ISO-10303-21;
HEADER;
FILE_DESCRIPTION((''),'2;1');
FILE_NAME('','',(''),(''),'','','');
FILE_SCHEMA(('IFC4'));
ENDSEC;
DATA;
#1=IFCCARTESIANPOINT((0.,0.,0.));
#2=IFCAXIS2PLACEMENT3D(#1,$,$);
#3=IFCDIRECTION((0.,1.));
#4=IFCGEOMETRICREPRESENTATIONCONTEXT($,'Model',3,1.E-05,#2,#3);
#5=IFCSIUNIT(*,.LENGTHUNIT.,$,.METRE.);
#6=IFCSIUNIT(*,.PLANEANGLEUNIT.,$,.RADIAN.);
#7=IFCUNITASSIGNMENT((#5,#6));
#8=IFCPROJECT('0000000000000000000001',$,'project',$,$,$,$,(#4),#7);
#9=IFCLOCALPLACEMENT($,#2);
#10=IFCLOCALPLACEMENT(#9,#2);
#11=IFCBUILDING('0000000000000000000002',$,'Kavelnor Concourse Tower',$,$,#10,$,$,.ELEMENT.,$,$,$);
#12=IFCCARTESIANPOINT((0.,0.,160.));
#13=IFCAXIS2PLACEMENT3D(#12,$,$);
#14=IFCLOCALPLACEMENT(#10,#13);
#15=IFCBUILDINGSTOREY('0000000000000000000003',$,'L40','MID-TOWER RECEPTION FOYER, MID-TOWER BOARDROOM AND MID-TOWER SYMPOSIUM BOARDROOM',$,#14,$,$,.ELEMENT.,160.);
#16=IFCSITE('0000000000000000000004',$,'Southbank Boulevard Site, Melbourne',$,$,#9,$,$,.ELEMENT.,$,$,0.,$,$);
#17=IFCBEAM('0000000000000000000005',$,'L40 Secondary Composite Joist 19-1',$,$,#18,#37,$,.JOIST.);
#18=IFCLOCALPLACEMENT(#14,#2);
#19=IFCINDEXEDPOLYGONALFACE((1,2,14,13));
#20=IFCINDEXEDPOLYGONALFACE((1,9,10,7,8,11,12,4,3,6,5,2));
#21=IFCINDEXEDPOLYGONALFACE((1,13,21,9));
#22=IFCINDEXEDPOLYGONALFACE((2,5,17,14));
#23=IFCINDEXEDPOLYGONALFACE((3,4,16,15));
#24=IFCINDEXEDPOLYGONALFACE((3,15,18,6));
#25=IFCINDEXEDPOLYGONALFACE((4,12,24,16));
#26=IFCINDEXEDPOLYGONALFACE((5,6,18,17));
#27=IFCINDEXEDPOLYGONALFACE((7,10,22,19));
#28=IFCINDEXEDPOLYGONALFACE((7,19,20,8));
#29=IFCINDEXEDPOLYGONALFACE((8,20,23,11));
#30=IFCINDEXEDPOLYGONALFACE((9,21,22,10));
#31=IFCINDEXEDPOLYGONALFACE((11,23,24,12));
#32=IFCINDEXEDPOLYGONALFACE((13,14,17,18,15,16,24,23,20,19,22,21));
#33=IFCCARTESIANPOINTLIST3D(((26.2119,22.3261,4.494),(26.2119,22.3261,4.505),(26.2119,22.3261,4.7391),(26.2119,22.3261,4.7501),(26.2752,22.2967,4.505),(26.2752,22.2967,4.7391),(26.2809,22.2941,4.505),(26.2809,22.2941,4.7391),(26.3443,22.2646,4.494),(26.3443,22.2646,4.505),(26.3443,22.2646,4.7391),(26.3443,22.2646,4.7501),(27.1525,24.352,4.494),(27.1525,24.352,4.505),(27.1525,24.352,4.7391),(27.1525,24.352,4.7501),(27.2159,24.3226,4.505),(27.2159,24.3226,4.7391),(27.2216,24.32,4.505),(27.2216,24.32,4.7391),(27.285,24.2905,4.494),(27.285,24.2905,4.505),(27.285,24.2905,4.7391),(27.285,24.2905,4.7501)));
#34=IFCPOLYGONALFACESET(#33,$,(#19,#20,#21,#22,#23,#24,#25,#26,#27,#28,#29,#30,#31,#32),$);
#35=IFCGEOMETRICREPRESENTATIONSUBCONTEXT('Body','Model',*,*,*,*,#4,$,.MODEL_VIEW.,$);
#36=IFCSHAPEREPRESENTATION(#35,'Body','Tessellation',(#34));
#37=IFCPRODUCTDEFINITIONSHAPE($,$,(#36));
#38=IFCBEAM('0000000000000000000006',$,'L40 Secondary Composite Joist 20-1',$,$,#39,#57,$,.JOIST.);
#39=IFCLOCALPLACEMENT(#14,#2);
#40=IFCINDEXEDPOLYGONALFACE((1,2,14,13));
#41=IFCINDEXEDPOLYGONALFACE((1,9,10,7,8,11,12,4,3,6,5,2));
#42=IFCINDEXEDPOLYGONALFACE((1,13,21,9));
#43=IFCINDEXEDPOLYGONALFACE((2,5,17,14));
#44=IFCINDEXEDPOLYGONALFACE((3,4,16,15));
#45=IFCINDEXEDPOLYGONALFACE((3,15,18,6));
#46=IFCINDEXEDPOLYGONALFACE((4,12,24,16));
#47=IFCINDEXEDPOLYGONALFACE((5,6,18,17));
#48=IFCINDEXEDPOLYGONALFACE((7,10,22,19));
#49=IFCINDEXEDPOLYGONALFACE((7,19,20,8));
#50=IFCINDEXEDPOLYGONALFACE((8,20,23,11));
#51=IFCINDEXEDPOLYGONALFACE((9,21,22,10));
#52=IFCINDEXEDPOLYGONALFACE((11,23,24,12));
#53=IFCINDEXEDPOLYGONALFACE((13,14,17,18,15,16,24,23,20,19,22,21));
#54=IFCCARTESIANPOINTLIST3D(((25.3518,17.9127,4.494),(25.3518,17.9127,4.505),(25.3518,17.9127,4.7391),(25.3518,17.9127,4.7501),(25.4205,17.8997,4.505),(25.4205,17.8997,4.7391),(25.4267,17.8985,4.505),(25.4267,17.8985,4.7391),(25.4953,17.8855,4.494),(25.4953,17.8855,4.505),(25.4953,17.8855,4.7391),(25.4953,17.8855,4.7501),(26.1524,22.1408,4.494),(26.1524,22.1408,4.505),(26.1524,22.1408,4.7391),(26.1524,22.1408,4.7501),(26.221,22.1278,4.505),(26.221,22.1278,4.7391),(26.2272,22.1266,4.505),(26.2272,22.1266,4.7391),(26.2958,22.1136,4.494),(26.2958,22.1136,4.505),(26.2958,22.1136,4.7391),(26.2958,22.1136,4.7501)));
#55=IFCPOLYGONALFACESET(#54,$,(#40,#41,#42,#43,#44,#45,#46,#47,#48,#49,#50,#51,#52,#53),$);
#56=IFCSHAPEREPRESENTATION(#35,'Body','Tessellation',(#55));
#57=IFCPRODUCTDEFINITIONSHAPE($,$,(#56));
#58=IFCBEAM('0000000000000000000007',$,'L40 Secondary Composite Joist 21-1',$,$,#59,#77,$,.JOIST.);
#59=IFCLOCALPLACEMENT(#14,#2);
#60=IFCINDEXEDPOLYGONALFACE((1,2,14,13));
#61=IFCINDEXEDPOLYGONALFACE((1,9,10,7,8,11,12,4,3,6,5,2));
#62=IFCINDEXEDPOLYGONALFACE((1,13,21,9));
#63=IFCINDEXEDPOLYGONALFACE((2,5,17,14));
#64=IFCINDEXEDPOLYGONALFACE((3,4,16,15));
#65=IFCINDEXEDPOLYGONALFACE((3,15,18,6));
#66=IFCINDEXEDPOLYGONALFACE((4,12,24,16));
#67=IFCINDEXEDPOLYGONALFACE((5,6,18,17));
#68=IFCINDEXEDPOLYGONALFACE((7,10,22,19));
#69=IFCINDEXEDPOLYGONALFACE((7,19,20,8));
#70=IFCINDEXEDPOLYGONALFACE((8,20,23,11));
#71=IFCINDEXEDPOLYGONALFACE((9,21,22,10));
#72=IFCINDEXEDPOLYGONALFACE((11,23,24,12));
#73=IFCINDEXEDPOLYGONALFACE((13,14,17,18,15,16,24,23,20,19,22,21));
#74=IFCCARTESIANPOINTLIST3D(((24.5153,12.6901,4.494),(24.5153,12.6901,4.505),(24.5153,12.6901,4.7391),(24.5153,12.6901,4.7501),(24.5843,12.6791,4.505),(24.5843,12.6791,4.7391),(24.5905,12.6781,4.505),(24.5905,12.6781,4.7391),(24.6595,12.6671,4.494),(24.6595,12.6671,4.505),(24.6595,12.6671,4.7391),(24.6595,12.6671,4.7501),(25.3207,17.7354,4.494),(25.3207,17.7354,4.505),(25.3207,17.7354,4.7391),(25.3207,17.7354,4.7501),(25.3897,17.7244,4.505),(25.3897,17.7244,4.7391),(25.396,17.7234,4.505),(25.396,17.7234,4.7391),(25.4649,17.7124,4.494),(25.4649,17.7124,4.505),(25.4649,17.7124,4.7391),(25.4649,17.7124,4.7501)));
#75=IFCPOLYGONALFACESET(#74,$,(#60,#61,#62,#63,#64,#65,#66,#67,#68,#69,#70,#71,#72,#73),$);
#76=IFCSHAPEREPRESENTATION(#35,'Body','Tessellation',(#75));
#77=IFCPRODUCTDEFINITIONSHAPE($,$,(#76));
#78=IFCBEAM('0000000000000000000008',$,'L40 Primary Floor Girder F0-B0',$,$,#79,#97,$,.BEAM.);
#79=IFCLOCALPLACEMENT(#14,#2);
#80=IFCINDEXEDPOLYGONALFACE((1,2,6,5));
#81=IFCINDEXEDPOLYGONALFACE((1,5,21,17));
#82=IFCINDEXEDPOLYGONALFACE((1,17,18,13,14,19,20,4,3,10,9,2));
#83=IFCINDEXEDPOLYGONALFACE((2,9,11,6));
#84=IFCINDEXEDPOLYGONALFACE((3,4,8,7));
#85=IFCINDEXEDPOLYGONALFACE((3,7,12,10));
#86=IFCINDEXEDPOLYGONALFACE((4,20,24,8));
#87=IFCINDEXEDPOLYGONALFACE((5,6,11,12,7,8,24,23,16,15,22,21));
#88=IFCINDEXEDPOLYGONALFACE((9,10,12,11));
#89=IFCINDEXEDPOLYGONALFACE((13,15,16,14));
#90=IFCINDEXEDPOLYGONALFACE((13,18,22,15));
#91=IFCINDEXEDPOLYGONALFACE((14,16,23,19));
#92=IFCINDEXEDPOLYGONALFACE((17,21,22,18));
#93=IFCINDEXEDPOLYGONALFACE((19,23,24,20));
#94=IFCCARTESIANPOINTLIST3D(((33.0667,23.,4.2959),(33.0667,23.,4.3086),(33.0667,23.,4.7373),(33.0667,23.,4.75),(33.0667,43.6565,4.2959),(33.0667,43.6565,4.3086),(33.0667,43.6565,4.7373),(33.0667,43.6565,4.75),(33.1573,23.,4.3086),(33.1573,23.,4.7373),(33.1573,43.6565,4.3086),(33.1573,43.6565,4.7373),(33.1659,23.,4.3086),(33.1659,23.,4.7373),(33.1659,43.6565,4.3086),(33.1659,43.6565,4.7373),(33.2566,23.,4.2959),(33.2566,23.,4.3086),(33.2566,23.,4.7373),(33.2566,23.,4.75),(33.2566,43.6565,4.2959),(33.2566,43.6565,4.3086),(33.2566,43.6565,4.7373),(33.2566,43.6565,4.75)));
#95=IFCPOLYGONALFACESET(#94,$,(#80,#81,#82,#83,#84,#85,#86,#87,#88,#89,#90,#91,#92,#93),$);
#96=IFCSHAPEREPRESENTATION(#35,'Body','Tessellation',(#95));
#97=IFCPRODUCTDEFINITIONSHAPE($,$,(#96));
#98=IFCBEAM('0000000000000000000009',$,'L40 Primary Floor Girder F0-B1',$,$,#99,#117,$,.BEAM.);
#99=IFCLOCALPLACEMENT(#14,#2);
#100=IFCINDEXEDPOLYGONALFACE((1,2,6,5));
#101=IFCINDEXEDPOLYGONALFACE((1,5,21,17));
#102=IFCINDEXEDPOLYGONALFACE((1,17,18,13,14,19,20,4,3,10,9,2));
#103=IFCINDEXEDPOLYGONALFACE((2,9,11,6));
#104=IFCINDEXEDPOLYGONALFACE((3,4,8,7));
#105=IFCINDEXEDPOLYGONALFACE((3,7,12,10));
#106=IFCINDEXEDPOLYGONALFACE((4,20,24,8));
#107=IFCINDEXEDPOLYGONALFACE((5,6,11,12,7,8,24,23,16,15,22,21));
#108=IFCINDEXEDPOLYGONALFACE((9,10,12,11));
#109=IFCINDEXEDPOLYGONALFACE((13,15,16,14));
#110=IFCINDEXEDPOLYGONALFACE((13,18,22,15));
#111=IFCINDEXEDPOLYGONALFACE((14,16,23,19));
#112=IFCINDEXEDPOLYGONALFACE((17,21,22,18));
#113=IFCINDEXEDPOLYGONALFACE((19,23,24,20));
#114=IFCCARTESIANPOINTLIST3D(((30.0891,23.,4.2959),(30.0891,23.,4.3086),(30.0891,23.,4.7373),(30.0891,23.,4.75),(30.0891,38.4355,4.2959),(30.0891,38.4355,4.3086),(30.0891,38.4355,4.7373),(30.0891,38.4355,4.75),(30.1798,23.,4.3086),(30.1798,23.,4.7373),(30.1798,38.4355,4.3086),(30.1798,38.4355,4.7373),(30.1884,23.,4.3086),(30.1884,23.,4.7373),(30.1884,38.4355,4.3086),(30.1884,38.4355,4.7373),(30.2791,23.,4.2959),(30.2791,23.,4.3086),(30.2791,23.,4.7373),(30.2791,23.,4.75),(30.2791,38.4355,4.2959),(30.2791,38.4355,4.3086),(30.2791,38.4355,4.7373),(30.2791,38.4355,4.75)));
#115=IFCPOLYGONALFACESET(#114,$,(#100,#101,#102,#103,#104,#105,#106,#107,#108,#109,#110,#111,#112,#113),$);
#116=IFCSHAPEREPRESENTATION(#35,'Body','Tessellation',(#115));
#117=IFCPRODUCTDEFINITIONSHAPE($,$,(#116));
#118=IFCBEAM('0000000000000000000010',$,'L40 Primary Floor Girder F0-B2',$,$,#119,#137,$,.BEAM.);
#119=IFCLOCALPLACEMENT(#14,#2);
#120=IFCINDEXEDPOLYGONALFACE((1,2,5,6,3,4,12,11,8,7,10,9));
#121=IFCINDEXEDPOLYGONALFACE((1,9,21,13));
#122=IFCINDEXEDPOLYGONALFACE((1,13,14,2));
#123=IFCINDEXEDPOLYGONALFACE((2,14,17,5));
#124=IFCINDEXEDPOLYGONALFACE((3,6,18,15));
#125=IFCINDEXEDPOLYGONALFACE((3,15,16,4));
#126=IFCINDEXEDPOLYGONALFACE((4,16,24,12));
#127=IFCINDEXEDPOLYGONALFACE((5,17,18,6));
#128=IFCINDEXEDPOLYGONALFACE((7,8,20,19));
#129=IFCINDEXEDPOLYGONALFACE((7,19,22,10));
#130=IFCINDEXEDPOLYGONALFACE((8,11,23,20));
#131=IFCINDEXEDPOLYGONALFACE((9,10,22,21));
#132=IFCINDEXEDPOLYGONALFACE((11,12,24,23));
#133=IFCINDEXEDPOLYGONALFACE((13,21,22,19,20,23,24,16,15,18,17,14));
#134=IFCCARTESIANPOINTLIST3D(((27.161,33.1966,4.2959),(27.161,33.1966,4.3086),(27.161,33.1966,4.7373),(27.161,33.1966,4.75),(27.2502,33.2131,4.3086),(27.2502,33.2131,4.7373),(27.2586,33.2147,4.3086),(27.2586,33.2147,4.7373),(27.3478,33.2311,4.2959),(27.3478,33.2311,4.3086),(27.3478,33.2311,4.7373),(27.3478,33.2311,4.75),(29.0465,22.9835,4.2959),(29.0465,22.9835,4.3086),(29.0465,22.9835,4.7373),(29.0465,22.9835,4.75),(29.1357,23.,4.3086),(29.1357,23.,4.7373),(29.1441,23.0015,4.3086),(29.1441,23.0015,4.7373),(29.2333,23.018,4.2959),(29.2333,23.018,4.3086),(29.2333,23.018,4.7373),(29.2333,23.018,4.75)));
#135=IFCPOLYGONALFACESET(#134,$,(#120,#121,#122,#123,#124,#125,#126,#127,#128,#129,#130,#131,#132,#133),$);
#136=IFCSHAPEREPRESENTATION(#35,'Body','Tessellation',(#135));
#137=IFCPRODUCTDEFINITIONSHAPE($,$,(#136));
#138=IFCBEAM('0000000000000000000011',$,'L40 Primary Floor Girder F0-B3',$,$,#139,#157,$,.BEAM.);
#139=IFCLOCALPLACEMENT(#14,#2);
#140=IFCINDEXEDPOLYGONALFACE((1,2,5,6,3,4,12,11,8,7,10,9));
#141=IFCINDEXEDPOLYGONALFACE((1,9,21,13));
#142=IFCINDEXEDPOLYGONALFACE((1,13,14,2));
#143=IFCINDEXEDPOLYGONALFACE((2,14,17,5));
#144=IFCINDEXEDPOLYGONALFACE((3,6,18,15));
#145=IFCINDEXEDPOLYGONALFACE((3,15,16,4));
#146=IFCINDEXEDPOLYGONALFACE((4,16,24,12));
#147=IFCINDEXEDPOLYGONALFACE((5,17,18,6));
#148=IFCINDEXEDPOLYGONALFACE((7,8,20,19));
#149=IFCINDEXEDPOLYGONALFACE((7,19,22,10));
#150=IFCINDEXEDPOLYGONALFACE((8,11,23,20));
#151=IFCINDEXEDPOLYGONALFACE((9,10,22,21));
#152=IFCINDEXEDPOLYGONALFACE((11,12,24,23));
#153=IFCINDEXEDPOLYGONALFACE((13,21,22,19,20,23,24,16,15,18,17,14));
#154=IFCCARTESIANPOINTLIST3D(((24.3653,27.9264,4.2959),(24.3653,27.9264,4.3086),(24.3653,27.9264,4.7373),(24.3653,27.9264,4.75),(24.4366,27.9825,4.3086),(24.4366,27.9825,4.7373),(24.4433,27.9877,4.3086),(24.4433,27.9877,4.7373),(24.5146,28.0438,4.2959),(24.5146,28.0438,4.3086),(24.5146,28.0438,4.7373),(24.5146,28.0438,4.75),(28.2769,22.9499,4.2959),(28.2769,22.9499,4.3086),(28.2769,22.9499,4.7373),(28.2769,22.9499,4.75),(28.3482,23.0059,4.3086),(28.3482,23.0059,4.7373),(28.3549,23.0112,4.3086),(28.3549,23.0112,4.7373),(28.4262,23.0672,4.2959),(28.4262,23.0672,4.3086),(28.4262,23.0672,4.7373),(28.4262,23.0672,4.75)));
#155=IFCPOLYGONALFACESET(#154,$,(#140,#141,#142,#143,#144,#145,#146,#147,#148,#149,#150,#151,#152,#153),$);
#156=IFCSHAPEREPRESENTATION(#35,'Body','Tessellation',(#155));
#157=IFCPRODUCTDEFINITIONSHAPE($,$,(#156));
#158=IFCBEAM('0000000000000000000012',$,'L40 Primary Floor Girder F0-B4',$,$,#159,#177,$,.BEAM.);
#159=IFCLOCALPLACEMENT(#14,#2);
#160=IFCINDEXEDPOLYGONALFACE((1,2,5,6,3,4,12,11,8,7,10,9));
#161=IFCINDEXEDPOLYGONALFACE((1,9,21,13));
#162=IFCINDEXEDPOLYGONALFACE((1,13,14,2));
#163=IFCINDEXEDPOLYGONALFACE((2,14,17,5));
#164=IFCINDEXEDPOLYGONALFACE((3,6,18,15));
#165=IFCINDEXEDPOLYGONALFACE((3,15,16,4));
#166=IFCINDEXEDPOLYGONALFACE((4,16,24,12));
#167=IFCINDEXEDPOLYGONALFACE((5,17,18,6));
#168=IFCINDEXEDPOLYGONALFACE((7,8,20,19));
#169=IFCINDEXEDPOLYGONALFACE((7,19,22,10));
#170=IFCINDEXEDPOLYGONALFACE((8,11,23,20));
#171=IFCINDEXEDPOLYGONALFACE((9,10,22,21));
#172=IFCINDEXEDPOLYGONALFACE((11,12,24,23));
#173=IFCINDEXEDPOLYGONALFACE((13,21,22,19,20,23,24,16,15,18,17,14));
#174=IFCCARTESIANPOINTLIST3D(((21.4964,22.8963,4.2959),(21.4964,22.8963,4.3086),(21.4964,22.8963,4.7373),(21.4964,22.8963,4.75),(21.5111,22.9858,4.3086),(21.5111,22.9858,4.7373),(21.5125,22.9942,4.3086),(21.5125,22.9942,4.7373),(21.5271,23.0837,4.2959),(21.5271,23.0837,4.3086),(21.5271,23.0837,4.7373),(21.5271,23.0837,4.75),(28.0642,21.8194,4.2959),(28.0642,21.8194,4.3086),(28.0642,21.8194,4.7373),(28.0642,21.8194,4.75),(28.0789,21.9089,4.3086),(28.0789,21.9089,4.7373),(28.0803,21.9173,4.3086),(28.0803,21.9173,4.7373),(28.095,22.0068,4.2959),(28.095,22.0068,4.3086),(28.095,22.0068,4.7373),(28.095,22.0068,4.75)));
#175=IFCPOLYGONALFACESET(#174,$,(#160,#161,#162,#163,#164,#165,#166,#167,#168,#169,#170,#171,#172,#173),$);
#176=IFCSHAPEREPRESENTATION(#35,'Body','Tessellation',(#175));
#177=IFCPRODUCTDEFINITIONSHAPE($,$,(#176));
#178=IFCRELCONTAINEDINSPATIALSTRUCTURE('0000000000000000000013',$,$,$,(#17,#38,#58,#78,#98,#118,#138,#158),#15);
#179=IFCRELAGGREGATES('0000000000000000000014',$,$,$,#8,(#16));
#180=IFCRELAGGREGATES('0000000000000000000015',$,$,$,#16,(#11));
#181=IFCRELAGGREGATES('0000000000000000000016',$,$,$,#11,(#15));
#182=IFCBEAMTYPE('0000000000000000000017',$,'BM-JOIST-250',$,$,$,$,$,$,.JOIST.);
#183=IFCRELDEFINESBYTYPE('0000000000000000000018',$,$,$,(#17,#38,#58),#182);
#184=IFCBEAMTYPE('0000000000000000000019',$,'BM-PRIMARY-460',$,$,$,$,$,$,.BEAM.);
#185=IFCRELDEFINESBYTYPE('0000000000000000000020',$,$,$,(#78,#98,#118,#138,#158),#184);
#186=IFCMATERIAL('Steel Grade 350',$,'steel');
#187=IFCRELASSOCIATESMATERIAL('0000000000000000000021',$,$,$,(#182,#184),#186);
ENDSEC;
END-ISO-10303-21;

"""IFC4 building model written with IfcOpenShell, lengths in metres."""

from ifc_helpers import new_model, si_unit, direction, frame, origin, origin_2d, place, context, subcontext, project, spatial, i_section, extrude, material, material_profile, profile_set, type_object, element, save


model = new_model("IFC4")

# Units and contexts
model_context = context("Model", 3, precision=1e-05, world=origin(), true_north=direction((0.0, 1.0)))
body_context = subcontext(model_context, "Body", "Model", "MODEL_VIEW")
ifc_project = project(units=[si_unit("LENGTHUNIT", "METRE"), si_unit("PLANEANGLEUNIT", "RADIAN")], contexts=[model_context])

# Site, building, storey
site_placement = place(None, origin())
site = spatial("IfcSite", under=ifc_project, at=site_placement, Name="Southbank Boulevard Site, Melbourne", CompositionType="ELEMENT", RefElevation=0.0)
building_placement = place(site_placement, origin())
building = spatial("IfcBuilding", under=site, at=building_placement, Name="Kavelnor Concourse Tower", CompositionType="ELEMENT")
storey_placement = place(building_placement, frame((0.0, 0.0, 160.0)))
storey = spatial("IfcBuildingStorey", under=building, at=storey_placement, Name="L40", Description="MID-TOWER RECEPTION FOYER, MID-TOWER BOARDROOM AND MID-TOWER SYMPOSIUM BOARDROOM", CompositionType="ELEMENT", Elevation=160.0)

# Beams
ifc_material_1 = material(Name="Steel Grade 350", Category="steel")
ifc_material_profile_1 = material_profile(ifc_material_1, i_section(OverallWidth=0.146, OverallDepth=0.2561, WebThickness=0.0063, FlangeThickness=0.011, at=origin_2d()), Name="250UB37")
ifc_profile_set_1 = profile_set([ifc_material_profile_1], Name="Steel Grade 350")
beam_type_1 = type_object("IfcBeamType", Name="BM-JOIST-250", PredefinedType="JOIST", material=ifc_profile_set_1)
beam_1_placement = place(storey_placement, frame((27.2188, 24.3213, 4.6221), z_axis=(-0.421143, -0.906994, 0.0), x_axis=(0.906994, -0.421143, 0.0)))
element("IfcBeam", 1, at=beam_1_placement, inside=storey, type_object=beam_type_1, Name="L40 Secondary Composite Joist 19-1", PredefinedType="JOIST", context=body_context, shape_type="SweptSolid", body=[
    extrude(i_section(OverallWidth=0.146, OverallDepth=0.2561, WebThickness=0.0063, FlangeThickness=0.011, at=origin_2d()), origin(), (0.0, 0.0, 1.0), 2.2336),
])
beam_2_placement = place(storey_placement, frame((26.2241, 22.1272, 4.6221), z_axis=(-0.186035, -0.982543, 0.0), x_axis=(0.982543, -0.186035, 0.0)))
element("IfcBeam", 2, at=beam_2_placement, inside=storey, type_object=beam_type_1, Name="L40 Secondary Composite Joist 20-1", PredefinedType="JOIST", context=body_context, shape_type="SweptSolid", body=[
    extrude(i_section(OverallWidth=0.146, OverallDepth=0.2561, WebThickness=0.0063, FlangeThickness=0.011, at=origin_2d()), origin(), (0.0, 0.0, 1.0), 4.3032),
])
beam_3_placement = place(storey_placement, frame((25.3928, 17.7239, 4.6221), z_axis=(-0.157646, -0.987496, 0.0), x_axis=(0.987496, -0.157646, 0.0)))
element("IfcBeam", 3, at=beam_3_placement, inside=storey, type_object=beam_type_1, Name="L40 Secondary Composite Joist 21-1", PredefinedType="JOIST", context=body_context, shape_type="SweptSolid", body=[
    extrude(i_section(OverallWidth=0.146, OverallDepth=0.2561, WebThickness=0.0063, FlangeThickness=0.011, at=origin_2d()), origin(), (0.0, 0.0, 1.0), 5.1091),
])
ifc_material_profile_2 = material_profile(ifc_material_1, i_section(OverallWidth=0.1899, OverallDepth=0.4541, WebThickness=0.0085, FlangeThickness=0.0127, at=origin_2d()), Name="460UB67")
ifc_profile_set_2 = profile_set([ifc_material_profile_2], Name="Steel Grade 350")
beam_type_2 = type_object("IfcBeamType", Name="BM-PRIMARY-460", PredefinedType="BEAM", material=ifc_profile_set_2)
beam_4_placement = place(storey_placement, frame((33.1616, 23.0, 4.5229), z_axis=(0.0, 1.0, 0.0), x_axis=(-1.0, 0.0, 0.0)))
element("IfcBeam", 4, at=beam_4_placement, inside=storey, type_object=beam_type_2, Name="L40 Primary Floor Girder F0-B0", PredefinedType="BEAM", context=body_context, shape_type="SweptSolid", body=[
    extrude(i_section(OverallWidth=0.1899, OverallDepth=0.4541, WebThickness=0.0085, FlangeThickness=0.0127, at=origin_2d()), origin(), (0.0, 0.0, 1.0), 20.6565),
])
beam_5_placement = place(storey_placement, frame((30.1841, 23.0, 4.5229), z_axis=(0.0, 1.0, 0.0), x_axis=(-1.0, 0.0, 0.0)))
element("IfcBeam", 5, at=beam_5_placement, inside=storey, type_object=beam_type_2, Name="L40 Primary Floor Girder F0-B1", PredefinedType="BEAM", context=body_context, shape_type="SweptSolid", body=[
    extrude(i_section(OverallWidth=0.1899, OverallDepth=0.4541, WebThickness=0.0085, FlangeThickness=0.0127, at=origin_2d()), origin(), (0.0, 0.0, 1.0), 15.4355),
])
beam_6_placement = place(storey_placement, frame((29.1399, 23.0007, 4.5229), z_axis=(-0.181547, 0.983382, 0.0), x_axis=(-0.983382, -0.181547, 0.0)))
element("IfcBeam", 6, at=beam_6_placement, inside=storey, type_object=beam_type_2, Name="L40 Primary Floor Girder F0-B2", PredefinedType="BEAM", context=body_context, shape_type="SweptSolid", body=[
    extrude(i_section(OverallWidth=0.1899, OverallDepth=0.4541, WebThickness=0.0085, FlangeThickness=0.0127, at=origin_2d()), origin(), (0.0, 0.0, 1.0), 10.3857),
])
beam_7_placement = place(storey_placement, frame((28.3516, 23.0085, 4.5229), z_axis=(-0.617965, 0.786206, 0.0), x_axis=(-0.786206, -0.617965, 0.0)))
element("IfcBeam", 7, at=beam_7_placement, inside=storey, type_object=beam_type_2, Name="L40 Primary Floor Girder F0-B3", PredefinedType="BEAM", context=body_context, shape_type="SweptSolid", body=[
    extrude(i_section(OverallWidth=0.1899, OverallDepth=0.4541, WebThickness=0.0085, FlangeThickness=0.0127, at=origin_2d()), origin(), (0.0, 0.0, 1.0), 6.3298),
])
beam_8_placement = place(storey_placement, frame((28.0796, 21.9131, 4.5229), z_axis=(-0.986823, 0.161805, 0.0), x_axis=(-0.161805, -0.986823, 0.0)))
element("IfcBeam", 8, at=beam_8_placement, inside=storey, type_object=beam_type_2, Name="L40 Primary Floor Girder F0-B4", PredefinedType="BEAM", context=body_context, shape_type="SweptSolid", body=[
    extrude(i_section(OverallWidth=0.1899, OverallDepth=0.4541, WebThickness=0.0085, FlangeThickness=0.0127, at=origin_2d()), origin(), (0.0, 0.0, 1.0), 6.6555),
])

save(model, "model.ifc")
